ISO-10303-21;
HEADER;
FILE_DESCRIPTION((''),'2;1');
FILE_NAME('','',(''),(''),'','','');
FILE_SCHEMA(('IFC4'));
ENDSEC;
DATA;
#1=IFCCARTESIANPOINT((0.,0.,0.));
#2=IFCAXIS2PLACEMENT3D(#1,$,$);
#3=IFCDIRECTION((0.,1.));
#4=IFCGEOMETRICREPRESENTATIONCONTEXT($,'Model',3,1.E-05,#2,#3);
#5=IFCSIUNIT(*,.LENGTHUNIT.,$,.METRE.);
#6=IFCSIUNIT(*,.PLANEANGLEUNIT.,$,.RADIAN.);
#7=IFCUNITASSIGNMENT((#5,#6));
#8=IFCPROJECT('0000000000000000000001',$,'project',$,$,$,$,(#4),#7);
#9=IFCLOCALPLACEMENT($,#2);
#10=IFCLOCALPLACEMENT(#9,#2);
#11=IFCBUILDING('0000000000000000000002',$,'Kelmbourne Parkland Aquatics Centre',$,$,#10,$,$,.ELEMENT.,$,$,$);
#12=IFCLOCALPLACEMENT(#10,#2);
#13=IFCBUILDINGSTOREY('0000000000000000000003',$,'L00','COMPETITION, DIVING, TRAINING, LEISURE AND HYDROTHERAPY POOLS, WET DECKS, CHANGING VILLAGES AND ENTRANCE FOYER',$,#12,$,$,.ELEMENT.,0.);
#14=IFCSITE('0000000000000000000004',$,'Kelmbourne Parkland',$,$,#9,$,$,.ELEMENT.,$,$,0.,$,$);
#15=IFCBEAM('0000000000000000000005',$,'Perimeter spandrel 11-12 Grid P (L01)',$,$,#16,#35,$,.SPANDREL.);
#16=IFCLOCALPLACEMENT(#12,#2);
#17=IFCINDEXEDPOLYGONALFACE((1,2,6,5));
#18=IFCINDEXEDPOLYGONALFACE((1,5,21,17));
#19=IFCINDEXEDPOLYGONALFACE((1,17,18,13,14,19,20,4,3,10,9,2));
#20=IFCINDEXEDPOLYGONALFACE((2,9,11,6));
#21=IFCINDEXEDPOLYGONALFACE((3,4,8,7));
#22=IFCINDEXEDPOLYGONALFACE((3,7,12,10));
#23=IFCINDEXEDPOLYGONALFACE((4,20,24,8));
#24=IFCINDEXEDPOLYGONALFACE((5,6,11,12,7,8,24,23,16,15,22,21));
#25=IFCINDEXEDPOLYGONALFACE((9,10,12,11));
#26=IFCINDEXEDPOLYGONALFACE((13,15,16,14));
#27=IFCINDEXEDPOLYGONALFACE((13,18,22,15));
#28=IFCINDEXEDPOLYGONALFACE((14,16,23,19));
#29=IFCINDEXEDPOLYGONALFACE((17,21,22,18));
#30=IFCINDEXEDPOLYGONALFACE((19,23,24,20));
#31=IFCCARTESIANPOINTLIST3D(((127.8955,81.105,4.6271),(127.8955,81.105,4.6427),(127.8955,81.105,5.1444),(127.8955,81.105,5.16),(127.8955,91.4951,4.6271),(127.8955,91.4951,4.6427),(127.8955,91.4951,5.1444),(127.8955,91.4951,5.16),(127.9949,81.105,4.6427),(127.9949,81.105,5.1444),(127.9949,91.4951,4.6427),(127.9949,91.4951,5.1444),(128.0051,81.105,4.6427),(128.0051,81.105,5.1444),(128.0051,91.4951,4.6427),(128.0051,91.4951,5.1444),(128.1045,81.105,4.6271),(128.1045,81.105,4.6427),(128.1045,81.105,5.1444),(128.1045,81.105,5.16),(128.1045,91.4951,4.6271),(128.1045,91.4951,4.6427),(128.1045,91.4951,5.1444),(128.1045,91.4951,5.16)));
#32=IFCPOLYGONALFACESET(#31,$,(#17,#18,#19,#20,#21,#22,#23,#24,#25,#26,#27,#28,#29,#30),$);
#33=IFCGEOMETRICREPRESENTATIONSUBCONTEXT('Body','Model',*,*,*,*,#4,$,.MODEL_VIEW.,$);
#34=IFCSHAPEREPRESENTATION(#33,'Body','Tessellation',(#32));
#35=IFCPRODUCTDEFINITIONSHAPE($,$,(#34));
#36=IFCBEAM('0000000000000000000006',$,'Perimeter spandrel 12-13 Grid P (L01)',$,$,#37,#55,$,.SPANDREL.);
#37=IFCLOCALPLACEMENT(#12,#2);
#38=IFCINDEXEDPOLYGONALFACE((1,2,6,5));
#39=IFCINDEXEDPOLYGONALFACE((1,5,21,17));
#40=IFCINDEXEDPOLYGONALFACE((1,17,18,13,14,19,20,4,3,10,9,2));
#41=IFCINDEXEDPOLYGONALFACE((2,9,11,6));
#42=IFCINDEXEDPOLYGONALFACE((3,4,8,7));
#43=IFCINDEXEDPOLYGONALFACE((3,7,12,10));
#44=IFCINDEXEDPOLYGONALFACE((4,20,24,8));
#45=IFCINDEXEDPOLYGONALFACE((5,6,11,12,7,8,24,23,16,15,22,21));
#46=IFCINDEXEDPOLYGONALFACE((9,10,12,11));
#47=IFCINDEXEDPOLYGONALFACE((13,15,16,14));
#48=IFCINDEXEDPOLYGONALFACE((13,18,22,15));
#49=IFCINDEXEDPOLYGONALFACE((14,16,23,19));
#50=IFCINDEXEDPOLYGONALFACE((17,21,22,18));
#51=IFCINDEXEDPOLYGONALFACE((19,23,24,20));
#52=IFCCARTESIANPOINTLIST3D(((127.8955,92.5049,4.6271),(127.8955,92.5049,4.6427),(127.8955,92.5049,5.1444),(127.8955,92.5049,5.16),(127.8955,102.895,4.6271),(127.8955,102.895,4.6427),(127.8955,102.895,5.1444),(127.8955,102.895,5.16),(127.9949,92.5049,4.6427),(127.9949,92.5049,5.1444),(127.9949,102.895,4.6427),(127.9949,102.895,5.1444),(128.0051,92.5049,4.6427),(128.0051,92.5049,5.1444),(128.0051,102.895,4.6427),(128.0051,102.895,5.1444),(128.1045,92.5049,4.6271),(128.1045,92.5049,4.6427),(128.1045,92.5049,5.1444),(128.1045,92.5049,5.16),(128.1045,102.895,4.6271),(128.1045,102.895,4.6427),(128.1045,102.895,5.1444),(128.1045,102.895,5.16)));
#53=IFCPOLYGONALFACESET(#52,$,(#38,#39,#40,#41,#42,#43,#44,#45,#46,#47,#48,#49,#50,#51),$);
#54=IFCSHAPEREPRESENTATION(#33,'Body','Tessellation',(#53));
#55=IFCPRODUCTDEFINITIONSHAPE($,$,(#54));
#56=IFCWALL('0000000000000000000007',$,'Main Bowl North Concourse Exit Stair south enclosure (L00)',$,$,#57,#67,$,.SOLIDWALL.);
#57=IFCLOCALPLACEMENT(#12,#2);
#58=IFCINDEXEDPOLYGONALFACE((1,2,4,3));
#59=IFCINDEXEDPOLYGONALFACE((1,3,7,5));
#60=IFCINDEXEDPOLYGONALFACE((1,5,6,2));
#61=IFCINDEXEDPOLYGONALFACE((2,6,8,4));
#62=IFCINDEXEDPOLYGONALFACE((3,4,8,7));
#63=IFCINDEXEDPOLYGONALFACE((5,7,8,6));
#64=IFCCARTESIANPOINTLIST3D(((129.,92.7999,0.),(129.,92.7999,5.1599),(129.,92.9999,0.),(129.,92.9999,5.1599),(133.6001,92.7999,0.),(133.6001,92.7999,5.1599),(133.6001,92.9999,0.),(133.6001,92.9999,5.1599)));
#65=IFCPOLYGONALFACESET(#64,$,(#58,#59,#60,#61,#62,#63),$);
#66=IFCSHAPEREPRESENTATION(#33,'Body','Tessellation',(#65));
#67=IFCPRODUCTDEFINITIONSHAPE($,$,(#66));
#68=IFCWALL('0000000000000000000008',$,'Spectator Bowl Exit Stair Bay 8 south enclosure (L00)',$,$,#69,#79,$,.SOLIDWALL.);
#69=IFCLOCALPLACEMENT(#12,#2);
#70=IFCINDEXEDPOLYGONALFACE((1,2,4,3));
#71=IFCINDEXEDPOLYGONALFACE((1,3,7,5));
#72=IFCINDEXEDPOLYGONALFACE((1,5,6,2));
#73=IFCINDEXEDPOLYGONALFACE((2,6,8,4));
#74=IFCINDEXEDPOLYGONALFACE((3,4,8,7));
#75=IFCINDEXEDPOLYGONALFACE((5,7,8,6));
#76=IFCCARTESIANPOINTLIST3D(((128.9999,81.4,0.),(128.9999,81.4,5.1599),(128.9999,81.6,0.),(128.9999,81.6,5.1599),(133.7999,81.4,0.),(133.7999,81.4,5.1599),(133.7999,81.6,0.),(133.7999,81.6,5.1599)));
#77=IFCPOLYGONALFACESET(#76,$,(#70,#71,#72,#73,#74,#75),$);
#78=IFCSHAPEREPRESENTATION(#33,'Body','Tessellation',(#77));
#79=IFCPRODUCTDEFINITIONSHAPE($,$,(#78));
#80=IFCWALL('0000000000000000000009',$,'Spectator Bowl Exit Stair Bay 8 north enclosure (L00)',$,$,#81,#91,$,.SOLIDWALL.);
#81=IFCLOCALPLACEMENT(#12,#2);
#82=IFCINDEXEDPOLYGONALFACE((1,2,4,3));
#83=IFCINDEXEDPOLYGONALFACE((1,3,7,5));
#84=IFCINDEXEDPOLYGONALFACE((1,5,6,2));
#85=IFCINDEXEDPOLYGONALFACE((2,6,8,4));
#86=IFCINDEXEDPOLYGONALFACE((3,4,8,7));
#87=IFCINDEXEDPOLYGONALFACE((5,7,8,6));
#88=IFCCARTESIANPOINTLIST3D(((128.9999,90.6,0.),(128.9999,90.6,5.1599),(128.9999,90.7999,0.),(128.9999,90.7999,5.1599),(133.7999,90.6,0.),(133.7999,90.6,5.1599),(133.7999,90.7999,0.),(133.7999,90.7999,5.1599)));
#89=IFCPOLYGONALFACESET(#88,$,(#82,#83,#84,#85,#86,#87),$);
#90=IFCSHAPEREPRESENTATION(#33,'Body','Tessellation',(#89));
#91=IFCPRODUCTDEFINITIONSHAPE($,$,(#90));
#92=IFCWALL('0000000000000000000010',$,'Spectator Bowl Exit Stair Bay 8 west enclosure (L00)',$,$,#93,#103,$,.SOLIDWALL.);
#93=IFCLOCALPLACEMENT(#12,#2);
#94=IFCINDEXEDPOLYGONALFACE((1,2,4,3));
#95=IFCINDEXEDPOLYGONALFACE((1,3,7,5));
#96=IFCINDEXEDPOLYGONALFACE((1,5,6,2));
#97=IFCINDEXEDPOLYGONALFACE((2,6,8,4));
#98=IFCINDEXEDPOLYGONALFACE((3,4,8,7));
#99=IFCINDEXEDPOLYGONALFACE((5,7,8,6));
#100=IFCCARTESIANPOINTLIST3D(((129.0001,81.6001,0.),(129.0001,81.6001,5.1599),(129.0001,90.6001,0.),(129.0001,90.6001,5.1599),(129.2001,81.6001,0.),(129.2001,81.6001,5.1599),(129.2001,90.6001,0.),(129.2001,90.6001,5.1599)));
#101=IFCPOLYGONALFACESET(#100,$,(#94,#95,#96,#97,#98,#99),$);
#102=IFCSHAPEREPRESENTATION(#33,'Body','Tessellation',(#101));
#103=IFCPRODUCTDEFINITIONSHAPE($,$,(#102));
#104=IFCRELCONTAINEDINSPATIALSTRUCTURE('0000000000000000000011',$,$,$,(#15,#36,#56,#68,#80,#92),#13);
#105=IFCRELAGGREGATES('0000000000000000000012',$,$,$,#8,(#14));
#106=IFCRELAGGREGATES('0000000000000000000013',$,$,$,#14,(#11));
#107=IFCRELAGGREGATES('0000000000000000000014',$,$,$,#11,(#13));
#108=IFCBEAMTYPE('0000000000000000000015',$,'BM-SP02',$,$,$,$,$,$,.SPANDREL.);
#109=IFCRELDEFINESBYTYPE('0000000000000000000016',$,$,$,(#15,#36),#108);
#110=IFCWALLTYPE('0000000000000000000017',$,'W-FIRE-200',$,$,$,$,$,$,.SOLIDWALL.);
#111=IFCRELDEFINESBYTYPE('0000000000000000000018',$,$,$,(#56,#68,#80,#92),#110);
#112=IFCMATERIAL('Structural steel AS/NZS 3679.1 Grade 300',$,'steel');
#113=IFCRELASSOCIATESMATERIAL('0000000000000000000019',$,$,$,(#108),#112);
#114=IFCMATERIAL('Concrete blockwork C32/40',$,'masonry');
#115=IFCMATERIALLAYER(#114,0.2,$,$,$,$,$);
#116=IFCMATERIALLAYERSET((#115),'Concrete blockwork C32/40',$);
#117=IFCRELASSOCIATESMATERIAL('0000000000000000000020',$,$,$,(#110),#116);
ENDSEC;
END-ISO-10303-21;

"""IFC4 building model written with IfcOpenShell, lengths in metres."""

from ifc_helpers import new_model, si_unit, direction, frame, frame_2d, origin, origin_2d, place, context, subcontext, project, spatial, rectangle, i_section, extrude, material, layer, layer_set, material_profile, profile_set, type_object, element, save


model = new_model("IFC4")

# Units and contexts
model_context = context("Model", 3, precision=1e-05, world=origin(), true_north=direction((0.0, 1.0)))
body_context = subcontext(model_context, "Body", "Model", "MODEL_VIEW")
ifc_project = project(units=[si_unit("LENGTHUNIT", "METRE"), si_unit("PLANEANGLEUNIT", "RADIAN")], contexts=[model_context])

# Site, building, storey
site_placement = place(None, origin())
site = spatial("IfcSite", under=ifc_project, at=site_placement, Name="Kelmbourne Parkland", CompositionType="ELEMENT", RefElevation=0.0)
building_placement = place(site_placement, origin())
building = spatial("IfcBuilding", under=site, at=building_placement, Name="Kelmbourne Parkland Aquatics Centre", CompositionType="ELEMENT")
storey_placement = place(building_placement, origin())
storey = spatial("IfcBuildingStorey", under=building, at=storey_placement, Name="L00", Description="COMPETITION, DIVING, TRAINING, LEISURE AND HYDROTHERAPY POOLS, WET DECKS, CHANGING VILLAGES AND ENTRANCE FOYER", CompositionType="ELEMENT", Elevation=0.0)

# Beams
ifc_material_1 = material(Name="Structural steel AS/NZS 3679.1 Grade 300", Category="steel")
ifc_material_profile_1 = material_profile(ifc_material_1, i_section(OverallWidth=0.209, OverallDepth=0.533, WebThickness=0.0103, FlangeThickness=0.0156, at=origin_2d()), Name="530UB92.4")
ifc_profile_set_1 = profile_set([ifc_material_profile_1], Name="Structural steel AS/NZS 3679.1 Grade 300")
beam_type_1 = type_object("IfcBeamType", Name="BM-SP02", PredefinedType="SPANDREL", material=ifc_profile_set_1)
for number, where, z_axis, x_axis, name in (
    (1, (128.0, 81.105, 4.8936), (0.0, 1.0, 0.0), (-1.0, 0.0, 0.0), "Perimeter spandrel 11-12 Grid P (L01)"),
    (2, (128.0, 92.5049, 4.8936), (0.0, 1.0, 0.0), (-1.0, 0.0, 0.0), "Perimeter spandrel 12-13 Grid P (L01)"),
):
    element("IfcBeam", number, at=place(storey_placement, frame(where, z_axis=z_axis, x_axis=x_axis)), inside=storey, type_object=beam_type_1, Name=name, PredefinedType="SPANDREL", context=body_context, shape_type="SweptSolid", body=[
        extrude(i_section(OverallWidth=0.209, OverallDepth=0.533, WebThickness=0.0103, FlangeThickness=0.0156, at=origin_2d()), origin(), (0.0, 0.0, 1.0), 10.3901),
    ])

# Walls
ifc_material_2 = material(Name="Concrete blockwork C32/40", Category="masonry")
ifc_layer = layer(ifc_material_2, 0.2)
ifc_layer_set = layer_set([ifc_layer], Name="Concrete blockwork C32/40")
wall_type = type_object("IfcWallType", Name="W-FIRE-200", PredefinedType="SOLIDWALL", material=ifc_layer_set)
wall_1_placement = place(storey_placement, frame((129.0, 92.8999, 0.0), z_axis=(0.0, 0.0, 1.0), x_axis=(1.0, 0.0, 0.0)))
element("IfcWall", 3, at=wall_1_placement, inside=storey, type_object=wall_type, Name="Main Bowl North Concourse Exit Stair south enclosure (L00)", PredefinedType="SOLIDWALL", context=body_context, shape_type="SweptSolid", body=[
    extrude(rectangle(XDim=4.6001, YDim=0.2, at=frame_2d((2.3, 0.0))), origin(), (0.0, 0.0, 1.0), 5.1599),
])
for number, where, z_axis, x_axis, name in (
    (4, (129.0, 81.5, 0.0), (0.0, 0.0, 1.0), (1.0, 0.0, 0.0), "Spectator Bowl Exit Stair Bay 8 south enclosure (L00)"),
    (5, (129.0, 90.7, 0.0), (0.0, 0.0, 1.0), (1.0, 0.0, 0.0), "Spectator Bowl Exit Stair Bay 8 north enclosure (L00)"),
):
    element("IfcWall", number, at=place(storey_placement, frame(where, z_axis=z_axis, x_axis=x_axis)), inside=storey, type_object=wall_type, Name=name, PredefinedType="SOLIDWALL", context=body_context, shape_type="SweptSolid", body=[
        extrude(rectangle(XDim=4.8, YDim=0.2, at=frame_2d((2.3999, 0.0))), origin(), (0.0, 0.0, 1.0), 5.1599),
    ])
wall_2_placement = place(storey_placement, frame((129.1001, 81.6001, 0.0), z_axis=(0.0, 0.0, 1.0), x_axis=(0.0, 1.0, 0.0)))
element("IfcWall", 6, at=wall_2_placement, inside=storey, type_object=wall_type, Name="Spectator Bowl Exit Stair Bay 8 west enclosure (L00)", PredefinedType="SOLIDWALL", context=body_context, shape_type="SweptSolid", body=[
    extrude(rectangle(XDim=9.0, YDim=0.2, at=frame_2d((4.5, 0.0))), origin(), (0.0, 0.0, 1.0), 5.1599),
])

save(model, "model.ifc")
